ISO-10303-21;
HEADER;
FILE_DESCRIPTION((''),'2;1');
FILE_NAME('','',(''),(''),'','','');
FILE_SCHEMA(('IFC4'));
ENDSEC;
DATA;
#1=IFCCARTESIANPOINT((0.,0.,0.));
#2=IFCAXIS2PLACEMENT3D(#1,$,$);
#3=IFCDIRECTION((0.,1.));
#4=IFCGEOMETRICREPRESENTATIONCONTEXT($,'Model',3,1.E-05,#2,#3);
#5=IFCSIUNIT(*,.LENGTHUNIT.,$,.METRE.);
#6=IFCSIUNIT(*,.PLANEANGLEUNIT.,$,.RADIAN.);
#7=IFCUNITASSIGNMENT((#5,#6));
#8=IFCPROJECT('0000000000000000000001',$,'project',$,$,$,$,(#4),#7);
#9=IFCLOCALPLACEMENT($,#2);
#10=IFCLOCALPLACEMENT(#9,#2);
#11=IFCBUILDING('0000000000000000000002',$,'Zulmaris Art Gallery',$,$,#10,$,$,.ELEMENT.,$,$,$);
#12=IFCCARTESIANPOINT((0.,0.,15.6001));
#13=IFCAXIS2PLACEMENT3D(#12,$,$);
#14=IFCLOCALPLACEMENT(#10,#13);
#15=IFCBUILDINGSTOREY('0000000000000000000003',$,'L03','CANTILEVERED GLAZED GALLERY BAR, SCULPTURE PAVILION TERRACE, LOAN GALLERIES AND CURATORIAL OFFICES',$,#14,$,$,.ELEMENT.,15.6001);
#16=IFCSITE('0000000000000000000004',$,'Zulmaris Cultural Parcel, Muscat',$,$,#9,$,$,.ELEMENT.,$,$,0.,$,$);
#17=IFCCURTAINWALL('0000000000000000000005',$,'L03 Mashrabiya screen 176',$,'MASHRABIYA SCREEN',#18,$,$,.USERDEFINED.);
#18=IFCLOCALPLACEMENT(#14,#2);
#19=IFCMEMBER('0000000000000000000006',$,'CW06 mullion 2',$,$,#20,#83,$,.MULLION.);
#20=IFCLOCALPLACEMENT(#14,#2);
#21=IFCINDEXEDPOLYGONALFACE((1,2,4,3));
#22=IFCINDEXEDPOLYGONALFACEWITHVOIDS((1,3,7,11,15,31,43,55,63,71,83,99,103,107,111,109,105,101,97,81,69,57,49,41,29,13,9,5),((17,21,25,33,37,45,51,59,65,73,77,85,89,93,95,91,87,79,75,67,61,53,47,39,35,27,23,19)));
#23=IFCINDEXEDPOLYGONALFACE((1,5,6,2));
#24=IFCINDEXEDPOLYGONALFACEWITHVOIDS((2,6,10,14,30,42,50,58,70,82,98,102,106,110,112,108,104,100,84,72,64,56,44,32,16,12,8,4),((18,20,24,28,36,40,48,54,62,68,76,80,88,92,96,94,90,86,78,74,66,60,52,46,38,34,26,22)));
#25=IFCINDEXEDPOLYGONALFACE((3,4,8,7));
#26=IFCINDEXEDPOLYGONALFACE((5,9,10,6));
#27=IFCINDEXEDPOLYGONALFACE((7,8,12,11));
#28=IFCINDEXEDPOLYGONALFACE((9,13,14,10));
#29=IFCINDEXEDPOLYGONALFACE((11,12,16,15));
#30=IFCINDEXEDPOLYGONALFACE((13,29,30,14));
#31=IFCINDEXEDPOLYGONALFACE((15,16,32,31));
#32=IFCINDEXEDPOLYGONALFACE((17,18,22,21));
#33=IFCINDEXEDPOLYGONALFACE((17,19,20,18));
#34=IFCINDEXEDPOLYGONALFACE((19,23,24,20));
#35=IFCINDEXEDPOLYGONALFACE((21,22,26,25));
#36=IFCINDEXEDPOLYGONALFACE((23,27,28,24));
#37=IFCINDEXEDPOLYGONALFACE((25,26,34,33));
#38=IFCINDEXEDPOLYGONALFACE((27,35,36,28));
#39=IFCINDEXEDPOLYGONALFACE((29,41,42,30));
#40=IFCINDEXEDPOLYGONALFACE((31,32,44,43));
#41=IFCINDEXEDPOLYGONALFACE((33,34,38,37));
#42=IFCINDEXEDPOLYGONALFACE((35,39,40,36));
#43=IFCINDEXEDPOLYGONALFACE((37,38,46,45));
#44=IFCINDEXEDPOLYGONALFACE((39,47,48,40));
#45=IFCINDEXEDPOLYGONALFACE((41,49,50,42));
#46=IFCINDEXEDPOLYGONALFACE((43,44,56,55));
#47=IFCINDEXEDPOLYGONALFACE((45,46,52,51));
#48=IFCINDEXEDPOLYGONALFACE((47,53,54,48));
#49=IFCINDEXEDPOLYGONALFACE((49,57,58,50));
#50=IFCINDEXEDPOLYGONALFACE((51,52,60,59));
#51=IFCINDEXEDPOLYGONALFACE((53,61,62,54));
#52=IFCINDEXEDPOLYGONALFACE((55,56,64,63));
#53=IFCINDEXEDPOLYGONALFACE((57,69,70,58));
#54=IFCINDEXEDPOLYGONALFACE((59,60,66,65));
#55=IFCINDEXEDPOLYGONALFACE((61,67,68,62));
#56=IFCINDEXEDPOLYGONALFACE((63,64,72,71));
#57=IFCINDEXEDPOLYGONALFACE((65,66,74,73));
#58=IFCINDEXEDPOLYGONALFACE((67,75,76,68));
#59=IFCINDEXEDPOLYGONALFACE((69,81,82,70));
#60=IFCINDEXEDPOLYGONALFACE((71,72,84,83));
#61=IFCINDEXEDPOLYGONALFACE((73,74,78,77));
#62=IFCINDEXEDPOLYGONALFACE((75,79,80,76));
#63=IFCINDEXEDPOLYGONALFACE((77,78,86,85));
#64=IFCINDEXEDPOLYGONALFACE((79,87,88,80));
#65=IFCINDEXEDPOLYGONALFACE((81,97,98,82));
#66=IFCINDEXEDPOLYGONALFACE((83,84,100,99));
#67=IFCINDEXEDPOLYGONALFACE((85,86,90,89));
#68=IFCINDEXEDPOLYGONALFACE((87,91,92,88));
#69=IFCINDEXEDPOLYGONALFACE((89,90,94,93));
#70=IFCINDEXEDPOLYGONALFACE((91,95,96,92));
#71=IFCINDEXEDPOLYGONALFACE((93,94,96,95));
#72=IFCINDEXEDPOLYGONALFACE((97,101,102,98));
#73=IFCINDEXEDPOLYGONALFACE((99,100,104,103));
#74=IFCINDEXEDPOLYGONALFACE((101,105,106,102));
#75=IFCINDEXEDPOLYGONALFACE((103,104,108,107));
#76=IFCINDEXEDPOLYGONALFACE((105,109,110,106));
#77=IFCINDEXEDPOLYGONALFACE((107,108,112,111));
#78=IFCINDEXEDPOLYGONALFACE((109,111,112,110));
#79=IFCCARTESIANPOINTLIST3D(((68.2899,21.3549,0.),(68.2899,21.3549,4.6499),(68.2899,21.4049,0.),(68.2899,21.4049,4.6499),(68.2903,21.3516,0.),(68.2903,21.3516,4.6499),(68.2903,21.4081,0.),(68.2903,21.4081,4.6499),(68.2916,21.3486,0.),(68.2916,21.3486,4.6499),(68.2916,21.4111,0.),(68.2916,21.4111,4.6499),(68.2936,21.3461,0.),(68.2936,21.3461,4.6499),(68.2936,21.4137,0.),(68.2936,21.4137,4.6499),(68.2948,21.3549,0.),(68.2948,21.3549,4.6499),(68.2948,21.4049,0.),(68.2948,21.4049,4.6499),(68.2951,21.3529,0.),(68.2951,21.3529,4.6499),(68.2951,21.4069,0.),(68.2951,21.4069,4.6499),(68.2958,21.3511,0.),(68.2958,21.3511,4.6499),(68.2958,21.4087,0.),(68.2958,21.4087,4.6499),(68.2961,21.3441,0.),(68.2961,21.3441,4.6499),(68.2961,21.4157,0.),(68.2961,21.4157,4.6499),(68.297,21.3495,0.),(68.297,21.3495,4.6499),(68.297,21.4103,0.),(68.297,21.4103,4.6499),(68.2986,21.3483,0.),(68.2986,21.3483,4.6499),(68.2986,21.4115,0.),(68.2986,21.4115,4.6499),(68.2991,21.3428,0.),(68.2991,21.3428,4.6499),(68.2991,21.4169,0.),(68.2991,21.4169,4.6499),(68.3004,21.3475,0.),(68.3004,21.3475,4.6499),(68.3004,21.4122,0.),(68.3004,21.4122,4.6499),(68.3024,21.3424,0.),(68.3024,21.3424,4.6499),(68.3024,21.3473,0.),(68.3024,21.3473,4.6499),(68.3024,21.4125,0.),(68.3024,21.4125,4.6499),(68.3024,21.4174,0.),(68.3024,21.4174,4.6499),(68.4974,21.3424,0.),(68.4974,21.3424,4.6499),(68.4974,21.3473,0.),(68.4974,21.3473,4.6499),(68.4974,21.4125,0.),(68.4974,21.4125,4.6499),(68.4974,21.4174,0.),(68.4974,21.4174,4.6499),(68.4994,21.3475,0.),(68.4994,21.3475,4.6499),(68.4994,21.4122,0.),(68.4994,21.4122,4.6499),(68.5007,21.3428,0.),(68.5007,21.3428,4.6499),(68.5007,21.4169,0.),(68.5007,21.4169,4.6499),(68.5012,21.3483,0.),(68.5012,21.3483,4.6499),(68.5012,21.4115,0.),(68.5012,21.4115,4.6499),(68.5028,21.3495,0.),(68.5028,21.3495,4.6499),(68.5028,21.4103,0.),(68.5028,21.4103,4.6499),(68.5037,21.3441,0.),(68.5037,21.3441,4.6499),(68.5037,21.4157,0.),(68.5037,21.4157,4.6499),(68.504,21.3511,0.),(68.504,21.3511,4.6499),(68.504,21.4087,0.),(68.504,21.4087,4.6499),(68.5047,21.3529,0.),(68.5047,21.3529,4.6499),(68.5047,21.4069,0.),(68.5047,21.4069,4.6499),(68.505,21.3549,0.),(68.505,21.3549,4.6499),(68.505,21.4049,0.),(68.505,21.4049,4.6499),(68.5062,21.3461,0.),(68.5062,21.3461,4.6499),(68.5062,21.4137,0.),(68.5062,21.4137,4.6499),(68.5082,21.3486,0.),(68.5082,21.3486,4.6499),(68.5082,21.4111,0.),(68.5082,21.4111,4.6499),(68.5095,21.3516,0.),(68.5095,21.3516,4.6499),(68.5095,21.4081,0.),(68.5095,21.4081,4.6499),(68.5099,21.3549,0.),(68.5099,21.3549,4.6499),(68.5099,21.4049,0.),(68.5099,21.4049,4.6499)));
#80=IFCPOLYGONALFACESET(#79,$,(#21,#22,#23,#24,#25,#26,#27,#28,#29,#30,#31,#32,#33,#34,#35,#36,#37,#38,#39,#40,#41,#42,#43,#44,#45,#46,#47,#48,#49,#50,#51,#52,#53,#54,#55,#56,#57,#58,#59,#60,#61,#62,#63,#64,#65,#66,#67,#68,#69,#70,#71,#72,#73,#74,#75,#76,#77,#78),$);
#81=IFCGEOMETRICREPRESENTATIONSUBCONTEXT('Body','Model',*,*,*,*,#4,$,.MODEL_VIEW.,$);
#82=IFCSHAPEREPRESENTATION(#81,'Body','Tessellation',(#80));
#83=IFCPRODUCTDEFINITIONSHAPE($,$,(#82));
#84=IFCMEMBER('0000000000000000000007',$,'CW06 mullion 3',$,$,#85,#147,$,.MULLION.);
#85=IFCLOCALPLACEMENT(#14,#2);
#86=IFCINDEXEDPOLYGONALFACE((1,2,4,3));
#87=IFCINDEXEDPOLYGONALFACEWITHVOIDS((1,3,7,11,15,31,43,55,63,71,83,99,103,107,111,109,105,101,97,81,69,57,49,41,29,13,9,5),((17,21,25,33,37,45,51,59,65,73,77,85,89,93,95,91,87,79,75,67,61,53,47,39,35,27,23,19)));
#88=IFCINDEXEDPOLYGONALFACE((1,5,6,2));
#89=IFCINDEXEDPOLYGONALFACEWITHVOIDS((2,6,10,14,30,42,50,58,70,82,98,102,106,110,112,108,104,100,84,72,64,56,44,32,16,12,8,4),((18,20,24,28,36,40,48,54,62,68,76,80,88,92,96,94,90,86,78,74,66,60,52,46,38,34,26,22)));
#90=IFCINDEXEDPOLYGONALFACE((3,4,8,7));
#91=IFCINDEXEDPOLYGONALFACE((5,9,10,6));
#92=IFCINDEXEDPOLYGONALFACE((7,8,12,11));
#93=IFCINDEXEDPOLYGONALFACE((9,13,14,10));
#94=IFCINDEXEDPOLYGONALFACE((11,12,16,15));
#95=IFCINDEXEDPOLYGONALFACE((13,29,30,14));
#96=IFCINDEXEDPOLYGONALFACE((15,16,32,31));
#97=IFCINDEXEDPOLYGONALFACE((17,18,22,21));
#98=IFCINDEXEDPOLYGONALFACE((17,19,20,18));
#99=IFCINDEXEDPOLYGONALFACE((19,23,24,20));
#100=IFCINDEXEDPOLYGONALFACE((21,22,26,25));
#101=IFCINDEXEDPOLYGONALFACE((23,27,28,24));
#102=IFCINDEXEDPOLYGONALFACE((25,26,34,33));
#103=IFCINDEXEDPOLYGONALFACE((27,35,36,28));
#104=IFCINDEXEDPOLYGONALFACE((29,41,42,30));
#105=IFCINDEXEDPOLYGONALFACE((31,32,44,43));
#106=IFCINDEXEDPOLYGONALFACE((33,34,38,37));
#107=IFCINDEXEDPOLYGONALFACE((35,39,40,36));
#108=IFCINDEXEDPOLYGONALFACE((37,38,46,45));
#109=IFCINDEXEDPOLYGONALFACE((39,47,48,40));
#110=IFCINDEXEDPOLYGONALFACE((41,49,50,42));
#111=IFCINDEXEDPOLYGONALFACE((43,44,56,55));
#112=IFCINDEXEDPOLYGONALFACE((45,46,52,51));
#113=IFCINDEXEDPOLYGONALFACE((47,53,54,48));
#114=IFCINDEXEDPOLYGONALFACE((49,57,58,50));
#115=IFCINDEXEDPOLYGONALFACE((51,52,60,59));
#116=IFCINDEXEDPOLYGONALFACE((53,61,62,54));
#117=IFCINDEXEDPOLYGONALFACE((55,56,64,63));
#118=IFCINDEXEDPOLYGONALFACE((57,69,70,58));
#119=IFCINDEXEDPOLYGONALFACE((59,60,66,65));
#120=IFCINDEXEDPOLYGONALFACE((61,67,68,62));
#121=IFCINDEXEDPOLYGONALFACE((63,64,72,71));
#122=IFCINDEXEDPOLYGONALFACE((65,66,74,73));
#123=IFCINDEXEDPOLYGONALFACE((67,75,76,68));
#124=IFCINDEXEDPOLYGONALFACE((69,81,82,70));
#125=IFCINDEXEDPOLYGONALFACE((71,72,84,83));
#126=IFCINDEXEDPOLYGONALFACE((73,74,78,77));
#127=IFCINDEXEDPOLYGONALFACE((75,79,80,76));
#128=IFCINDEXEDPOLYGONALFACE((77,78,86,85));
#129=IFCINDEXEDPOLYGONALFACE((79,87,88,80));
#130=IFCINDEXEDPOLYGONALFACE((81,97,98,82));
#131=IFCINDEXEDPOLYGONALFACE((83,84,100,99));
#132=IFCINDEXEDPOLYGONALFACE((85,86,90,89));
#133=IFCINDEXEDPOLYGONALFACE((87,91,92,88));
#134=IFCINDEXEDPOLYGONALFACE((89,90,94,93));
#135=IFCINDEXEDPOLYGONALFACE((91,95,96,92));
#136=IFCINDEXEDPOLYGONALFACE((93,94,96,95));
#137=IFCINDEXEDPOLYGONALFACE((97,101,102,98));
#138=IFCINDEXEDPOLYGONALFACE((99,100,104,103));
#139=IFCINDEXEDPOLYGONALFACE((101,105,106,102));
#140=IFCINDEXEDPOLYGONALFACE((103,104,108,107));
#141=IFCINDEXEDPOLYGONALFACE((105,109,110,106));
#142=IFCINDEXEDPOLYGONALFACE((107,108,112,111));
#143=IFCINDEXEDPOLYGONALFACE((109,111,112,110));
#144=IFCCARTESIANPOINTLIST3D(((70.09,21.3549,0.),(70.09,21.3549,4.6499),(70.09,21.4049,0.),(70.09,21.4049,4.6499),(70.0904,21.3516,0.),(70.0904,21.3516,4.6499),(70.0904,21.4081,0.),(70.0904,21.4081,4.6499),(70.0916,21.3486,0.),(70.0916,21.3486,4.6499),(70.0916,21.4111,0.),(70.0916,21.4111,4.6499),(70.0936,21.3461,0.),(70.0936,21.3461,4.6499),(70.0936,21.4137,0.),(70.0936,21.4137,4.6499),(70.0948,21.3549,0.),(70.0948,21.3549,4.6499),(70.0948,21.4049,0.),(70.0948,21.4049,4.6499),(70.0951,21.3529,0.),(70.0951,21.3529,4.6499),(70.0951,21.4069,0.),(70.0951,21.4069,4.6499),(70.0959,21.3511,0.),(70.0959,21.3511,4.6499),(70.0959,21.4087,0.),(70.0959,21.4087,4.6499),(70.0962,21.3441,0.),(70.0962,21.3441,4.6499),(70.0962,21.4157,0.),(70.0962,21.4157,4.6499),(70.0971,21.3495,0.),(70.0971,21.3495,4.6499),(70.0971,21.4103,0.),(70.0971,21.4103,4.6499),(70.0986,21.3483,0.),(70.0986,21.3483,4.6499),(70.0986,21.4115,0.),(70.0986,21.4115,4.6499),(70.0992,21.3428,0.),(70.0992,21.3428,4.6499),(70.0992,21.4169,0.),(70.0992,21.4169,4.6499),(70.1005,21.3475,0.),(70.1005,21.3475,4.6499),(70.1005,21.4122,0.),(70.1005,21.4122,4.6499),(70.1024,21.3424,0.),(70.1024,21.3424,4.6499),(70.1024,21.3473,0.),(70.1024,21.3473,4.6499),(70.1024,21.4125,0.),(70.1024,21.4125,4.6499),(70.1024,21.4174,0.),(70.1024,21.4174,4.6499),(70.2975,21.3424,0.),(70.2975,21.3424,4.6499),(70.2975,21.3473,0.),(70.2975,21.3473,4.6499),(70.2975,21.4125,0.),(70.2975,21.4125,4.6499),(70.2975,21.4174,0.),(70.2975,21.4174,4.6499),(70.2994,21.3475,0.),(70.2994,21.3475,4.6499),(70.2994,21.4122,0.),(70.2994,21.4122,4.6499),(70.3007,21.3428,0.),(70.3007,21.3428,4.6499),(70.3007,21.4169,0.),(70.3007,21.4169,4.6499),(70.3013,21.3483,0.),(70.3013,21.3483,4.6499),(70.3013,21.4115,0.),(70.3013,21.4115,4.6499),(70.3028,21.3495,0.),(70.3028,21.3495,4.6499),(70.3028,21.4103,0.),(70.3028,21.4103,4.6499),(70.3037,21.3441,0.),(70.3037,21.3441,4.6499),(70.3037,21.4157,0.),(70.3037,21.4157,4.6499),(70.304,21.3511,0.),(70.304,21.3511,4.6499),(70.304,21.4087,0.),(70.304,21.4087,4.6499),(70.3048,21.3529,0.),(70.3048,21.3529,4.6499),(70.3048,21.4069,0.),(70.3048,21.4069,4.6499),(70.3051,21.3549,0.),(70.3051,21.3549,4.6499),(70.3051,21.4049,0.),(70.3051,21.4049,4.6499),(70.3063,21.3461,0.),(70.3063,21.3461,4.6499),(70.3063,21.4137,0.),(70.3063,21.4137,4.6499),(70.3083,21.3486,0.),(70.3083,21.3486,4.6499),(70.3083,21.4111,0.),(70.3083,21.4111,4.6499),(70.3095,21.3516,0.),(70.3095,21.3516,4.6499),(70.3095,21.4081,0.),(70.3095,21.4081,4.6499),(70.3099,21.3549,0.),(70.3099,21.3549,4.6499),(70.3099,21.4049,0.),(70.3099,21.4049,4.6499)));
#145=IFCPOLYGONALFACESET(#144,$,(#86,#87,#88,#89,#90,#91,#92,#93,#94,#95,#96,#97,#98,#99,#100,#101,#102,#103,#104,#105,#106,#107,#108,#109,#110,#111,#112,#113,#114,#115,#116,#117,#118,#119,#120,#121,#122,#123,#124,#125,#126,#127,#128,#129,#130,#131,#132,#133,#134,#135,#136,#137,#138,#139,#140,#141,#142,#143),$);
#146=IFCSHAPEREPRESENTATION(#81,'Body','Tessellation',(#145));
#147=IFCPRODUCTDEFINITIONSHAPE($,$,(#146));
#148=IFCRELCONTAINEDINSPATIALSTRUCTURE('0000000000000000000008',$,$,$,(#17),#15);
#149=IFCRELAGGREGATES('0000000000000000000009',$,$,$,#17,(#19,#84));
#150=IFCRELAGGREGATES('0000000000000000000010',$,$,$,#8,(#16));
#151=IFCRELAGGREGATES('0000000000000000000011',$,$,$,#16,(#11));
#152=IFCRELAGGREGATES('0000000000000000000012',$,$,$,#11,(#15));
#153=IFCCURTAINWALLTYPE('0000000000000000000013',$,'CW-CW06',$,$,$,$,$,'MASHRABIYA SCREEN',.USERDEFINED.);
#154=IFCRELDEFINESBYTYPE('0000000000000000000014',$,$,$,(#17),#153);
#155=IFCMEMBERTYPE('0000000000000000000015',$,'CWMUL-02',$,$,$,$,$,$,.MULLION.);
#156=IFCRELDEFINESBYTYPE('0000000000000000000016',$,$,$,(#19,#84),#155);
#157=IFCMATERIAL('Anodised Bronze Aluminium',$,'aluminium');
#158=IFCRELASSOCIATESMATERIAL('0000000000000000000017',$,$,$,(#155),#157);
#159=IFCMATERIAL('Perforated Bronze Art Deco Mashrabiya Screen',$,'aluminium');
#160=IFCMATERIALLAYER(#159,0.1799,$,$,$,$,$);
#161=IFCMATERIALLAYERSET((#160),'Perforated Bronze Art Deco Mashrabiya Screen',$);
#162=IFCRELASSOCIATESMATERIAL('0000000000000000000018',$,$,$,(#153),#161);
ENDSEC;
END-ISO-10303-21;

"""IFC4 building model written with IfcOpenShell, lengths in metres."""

from ifc_helpers import new_model, si_unit, direction, frame, origin, origin_2d, place, context, subcontext, project, spatial, hollow_rectangle, extrude, material, layer, layer_set, material_profile, profile_set, type_object, element, aggregate, save


model = new_model("IFC4")

# Units and contexts
model_context = context("Model", 3, precision=1e-05, world=origin(), true_north=direction((0.0, 1.0)))
body_context = subcontext(model_context, "Body", "Model", "MODEL_VIEW")
ifc_project = project(units=[si_unit("LENGTHUNIT", "METRE"), si_unit("PLANEANGLEUNIT", "RADIAN")], contexts=[model_context])

# Site, building, storey
site_placement = place(None, origin())
site = spatial("IfcSite", under=ifc_project, at=site_placement, Name="Zulmaris Cultural Parcel, Muscat", CompositionType="ELEMENT", RefElevation=0.0)
building_placement = place(site_placement, origin())
building = spatial("IfcBuilding", under=site, at=building_placement, Name="Zulmaris Art Gallery", CompositionType="ELEMENT")
storey_placement = place(building_placement, frame((0.0, 0.0, 15.6001)))
storey = spatial("IfcBuildingStorey", under=building, at=storey_placement, Name="L03", Description="CANTILEVERED GLAZED GALLERY BAR, SCULPTURE PAVILION TERRACE, LOAN GALLERIES AND CURATORIAL OFFICES", CompositionType="ELEMENT", Elevation=15.6001)

# Shared definitions
ifc_material_1 = material(Name="Anodised Bronze Aluminium", Category="aluminium")
ifc_material_profile_1 = material_profile(ifc_material_1, hollow_rectangle(XDim=0.075, YDim=0.22, WallThickness=0.0049, InnerFilletRadius=0.0076, OuterFilletRadius=0.0125, at=origin_2d()), Name="ALU 75x220x5")
ifc_profile_set_1 = profile_set([ifc_material_profile_1], Name="Anodised Bronze Aluminium")
member_type_1 = type_object("IfcMemberType", Name="CWMUL-02", PredefinedType="MULLION", material=ifc_profile_set_1)
ifc_material_2 = material(Name="Perforated Bronze Art Deco Mashrabiya Screen", Category="aluminium")
ifc_layer_1 = layer(ifc_material_2, 0.1799)
ifc_layer_set_1 = layer_set([ifc_layer_1], Name="Perforated Bronze Art Deco Mashrabiya Screen")
curtain_wall_type_1 = type_object("IfcCurtainWallType", Name="CW-CW06", ElementType="MASHRABIYA SCREEN", PredefinedType="USERDEFINED", material=ifc_layer_set_1)

# Curtain wall, members
curtain_wall_1_placement = place(storey_placement, origin())
curtain_wall_1 = element("IfcCurtainWall", 1, at=curtain_wall_1_placement, inside=storey, type_object=curtain_wall_type_1, Name="L03 Mashrabiya screen 176", ObjectType="MASHRABIYA SCREEN", PredefinedType="USERDEFINED")
member_1_placement = place(storey_placement, frame((68.3999, 21.3799, 0.0), z_axis=(0.0, 0.0, 1.0), x_axis=(0.0, 1.0, 0.0)))
member_1 = element("IfcMember", 2, at=member_1_placement, type_object=member_type_1, Name="CW06 mullion 2", PredefinedType="MULLION", context=body_context, shape_type="SweptSolid", body=[
    extrude(hollow_rectangle(XDim=0.075, YDim=0.22, WallThickness=0.0049, InnerFilletRadius=0.0076, OuterFilletRadius=0.0125, at=origin_2d()), origin(), (0.0, 0.0, 1.0), 4.6499),
])
member_2_placement = place(storey_placement, frame((70.2, 21.3799, 0.0), z_axis=(0.0, 0.0, 1.0), x_axis=(0.0, 1.0, 0.0)))
member_2 = element("IfcMember", 3, at=member_2_placement, type_object=member_type_1, Name="CW06 mullion 3", PredefinedType="MULLION", context=body_context, shape_type="SweptSolid", body=[
    extrude(hollow_rectangle(XDim=0.075, YDim=0.22, WallThickness=0.0049, InnerFilletRadius=0.0076, OuterFilletRadius=0.0125, at=origin_2d()), origin(), (0.0, 0.0, 1.0), 4.6499),
])
aggregate(curtain_wall_1, [member_1, member_2])

save(model, "model.ifc")
